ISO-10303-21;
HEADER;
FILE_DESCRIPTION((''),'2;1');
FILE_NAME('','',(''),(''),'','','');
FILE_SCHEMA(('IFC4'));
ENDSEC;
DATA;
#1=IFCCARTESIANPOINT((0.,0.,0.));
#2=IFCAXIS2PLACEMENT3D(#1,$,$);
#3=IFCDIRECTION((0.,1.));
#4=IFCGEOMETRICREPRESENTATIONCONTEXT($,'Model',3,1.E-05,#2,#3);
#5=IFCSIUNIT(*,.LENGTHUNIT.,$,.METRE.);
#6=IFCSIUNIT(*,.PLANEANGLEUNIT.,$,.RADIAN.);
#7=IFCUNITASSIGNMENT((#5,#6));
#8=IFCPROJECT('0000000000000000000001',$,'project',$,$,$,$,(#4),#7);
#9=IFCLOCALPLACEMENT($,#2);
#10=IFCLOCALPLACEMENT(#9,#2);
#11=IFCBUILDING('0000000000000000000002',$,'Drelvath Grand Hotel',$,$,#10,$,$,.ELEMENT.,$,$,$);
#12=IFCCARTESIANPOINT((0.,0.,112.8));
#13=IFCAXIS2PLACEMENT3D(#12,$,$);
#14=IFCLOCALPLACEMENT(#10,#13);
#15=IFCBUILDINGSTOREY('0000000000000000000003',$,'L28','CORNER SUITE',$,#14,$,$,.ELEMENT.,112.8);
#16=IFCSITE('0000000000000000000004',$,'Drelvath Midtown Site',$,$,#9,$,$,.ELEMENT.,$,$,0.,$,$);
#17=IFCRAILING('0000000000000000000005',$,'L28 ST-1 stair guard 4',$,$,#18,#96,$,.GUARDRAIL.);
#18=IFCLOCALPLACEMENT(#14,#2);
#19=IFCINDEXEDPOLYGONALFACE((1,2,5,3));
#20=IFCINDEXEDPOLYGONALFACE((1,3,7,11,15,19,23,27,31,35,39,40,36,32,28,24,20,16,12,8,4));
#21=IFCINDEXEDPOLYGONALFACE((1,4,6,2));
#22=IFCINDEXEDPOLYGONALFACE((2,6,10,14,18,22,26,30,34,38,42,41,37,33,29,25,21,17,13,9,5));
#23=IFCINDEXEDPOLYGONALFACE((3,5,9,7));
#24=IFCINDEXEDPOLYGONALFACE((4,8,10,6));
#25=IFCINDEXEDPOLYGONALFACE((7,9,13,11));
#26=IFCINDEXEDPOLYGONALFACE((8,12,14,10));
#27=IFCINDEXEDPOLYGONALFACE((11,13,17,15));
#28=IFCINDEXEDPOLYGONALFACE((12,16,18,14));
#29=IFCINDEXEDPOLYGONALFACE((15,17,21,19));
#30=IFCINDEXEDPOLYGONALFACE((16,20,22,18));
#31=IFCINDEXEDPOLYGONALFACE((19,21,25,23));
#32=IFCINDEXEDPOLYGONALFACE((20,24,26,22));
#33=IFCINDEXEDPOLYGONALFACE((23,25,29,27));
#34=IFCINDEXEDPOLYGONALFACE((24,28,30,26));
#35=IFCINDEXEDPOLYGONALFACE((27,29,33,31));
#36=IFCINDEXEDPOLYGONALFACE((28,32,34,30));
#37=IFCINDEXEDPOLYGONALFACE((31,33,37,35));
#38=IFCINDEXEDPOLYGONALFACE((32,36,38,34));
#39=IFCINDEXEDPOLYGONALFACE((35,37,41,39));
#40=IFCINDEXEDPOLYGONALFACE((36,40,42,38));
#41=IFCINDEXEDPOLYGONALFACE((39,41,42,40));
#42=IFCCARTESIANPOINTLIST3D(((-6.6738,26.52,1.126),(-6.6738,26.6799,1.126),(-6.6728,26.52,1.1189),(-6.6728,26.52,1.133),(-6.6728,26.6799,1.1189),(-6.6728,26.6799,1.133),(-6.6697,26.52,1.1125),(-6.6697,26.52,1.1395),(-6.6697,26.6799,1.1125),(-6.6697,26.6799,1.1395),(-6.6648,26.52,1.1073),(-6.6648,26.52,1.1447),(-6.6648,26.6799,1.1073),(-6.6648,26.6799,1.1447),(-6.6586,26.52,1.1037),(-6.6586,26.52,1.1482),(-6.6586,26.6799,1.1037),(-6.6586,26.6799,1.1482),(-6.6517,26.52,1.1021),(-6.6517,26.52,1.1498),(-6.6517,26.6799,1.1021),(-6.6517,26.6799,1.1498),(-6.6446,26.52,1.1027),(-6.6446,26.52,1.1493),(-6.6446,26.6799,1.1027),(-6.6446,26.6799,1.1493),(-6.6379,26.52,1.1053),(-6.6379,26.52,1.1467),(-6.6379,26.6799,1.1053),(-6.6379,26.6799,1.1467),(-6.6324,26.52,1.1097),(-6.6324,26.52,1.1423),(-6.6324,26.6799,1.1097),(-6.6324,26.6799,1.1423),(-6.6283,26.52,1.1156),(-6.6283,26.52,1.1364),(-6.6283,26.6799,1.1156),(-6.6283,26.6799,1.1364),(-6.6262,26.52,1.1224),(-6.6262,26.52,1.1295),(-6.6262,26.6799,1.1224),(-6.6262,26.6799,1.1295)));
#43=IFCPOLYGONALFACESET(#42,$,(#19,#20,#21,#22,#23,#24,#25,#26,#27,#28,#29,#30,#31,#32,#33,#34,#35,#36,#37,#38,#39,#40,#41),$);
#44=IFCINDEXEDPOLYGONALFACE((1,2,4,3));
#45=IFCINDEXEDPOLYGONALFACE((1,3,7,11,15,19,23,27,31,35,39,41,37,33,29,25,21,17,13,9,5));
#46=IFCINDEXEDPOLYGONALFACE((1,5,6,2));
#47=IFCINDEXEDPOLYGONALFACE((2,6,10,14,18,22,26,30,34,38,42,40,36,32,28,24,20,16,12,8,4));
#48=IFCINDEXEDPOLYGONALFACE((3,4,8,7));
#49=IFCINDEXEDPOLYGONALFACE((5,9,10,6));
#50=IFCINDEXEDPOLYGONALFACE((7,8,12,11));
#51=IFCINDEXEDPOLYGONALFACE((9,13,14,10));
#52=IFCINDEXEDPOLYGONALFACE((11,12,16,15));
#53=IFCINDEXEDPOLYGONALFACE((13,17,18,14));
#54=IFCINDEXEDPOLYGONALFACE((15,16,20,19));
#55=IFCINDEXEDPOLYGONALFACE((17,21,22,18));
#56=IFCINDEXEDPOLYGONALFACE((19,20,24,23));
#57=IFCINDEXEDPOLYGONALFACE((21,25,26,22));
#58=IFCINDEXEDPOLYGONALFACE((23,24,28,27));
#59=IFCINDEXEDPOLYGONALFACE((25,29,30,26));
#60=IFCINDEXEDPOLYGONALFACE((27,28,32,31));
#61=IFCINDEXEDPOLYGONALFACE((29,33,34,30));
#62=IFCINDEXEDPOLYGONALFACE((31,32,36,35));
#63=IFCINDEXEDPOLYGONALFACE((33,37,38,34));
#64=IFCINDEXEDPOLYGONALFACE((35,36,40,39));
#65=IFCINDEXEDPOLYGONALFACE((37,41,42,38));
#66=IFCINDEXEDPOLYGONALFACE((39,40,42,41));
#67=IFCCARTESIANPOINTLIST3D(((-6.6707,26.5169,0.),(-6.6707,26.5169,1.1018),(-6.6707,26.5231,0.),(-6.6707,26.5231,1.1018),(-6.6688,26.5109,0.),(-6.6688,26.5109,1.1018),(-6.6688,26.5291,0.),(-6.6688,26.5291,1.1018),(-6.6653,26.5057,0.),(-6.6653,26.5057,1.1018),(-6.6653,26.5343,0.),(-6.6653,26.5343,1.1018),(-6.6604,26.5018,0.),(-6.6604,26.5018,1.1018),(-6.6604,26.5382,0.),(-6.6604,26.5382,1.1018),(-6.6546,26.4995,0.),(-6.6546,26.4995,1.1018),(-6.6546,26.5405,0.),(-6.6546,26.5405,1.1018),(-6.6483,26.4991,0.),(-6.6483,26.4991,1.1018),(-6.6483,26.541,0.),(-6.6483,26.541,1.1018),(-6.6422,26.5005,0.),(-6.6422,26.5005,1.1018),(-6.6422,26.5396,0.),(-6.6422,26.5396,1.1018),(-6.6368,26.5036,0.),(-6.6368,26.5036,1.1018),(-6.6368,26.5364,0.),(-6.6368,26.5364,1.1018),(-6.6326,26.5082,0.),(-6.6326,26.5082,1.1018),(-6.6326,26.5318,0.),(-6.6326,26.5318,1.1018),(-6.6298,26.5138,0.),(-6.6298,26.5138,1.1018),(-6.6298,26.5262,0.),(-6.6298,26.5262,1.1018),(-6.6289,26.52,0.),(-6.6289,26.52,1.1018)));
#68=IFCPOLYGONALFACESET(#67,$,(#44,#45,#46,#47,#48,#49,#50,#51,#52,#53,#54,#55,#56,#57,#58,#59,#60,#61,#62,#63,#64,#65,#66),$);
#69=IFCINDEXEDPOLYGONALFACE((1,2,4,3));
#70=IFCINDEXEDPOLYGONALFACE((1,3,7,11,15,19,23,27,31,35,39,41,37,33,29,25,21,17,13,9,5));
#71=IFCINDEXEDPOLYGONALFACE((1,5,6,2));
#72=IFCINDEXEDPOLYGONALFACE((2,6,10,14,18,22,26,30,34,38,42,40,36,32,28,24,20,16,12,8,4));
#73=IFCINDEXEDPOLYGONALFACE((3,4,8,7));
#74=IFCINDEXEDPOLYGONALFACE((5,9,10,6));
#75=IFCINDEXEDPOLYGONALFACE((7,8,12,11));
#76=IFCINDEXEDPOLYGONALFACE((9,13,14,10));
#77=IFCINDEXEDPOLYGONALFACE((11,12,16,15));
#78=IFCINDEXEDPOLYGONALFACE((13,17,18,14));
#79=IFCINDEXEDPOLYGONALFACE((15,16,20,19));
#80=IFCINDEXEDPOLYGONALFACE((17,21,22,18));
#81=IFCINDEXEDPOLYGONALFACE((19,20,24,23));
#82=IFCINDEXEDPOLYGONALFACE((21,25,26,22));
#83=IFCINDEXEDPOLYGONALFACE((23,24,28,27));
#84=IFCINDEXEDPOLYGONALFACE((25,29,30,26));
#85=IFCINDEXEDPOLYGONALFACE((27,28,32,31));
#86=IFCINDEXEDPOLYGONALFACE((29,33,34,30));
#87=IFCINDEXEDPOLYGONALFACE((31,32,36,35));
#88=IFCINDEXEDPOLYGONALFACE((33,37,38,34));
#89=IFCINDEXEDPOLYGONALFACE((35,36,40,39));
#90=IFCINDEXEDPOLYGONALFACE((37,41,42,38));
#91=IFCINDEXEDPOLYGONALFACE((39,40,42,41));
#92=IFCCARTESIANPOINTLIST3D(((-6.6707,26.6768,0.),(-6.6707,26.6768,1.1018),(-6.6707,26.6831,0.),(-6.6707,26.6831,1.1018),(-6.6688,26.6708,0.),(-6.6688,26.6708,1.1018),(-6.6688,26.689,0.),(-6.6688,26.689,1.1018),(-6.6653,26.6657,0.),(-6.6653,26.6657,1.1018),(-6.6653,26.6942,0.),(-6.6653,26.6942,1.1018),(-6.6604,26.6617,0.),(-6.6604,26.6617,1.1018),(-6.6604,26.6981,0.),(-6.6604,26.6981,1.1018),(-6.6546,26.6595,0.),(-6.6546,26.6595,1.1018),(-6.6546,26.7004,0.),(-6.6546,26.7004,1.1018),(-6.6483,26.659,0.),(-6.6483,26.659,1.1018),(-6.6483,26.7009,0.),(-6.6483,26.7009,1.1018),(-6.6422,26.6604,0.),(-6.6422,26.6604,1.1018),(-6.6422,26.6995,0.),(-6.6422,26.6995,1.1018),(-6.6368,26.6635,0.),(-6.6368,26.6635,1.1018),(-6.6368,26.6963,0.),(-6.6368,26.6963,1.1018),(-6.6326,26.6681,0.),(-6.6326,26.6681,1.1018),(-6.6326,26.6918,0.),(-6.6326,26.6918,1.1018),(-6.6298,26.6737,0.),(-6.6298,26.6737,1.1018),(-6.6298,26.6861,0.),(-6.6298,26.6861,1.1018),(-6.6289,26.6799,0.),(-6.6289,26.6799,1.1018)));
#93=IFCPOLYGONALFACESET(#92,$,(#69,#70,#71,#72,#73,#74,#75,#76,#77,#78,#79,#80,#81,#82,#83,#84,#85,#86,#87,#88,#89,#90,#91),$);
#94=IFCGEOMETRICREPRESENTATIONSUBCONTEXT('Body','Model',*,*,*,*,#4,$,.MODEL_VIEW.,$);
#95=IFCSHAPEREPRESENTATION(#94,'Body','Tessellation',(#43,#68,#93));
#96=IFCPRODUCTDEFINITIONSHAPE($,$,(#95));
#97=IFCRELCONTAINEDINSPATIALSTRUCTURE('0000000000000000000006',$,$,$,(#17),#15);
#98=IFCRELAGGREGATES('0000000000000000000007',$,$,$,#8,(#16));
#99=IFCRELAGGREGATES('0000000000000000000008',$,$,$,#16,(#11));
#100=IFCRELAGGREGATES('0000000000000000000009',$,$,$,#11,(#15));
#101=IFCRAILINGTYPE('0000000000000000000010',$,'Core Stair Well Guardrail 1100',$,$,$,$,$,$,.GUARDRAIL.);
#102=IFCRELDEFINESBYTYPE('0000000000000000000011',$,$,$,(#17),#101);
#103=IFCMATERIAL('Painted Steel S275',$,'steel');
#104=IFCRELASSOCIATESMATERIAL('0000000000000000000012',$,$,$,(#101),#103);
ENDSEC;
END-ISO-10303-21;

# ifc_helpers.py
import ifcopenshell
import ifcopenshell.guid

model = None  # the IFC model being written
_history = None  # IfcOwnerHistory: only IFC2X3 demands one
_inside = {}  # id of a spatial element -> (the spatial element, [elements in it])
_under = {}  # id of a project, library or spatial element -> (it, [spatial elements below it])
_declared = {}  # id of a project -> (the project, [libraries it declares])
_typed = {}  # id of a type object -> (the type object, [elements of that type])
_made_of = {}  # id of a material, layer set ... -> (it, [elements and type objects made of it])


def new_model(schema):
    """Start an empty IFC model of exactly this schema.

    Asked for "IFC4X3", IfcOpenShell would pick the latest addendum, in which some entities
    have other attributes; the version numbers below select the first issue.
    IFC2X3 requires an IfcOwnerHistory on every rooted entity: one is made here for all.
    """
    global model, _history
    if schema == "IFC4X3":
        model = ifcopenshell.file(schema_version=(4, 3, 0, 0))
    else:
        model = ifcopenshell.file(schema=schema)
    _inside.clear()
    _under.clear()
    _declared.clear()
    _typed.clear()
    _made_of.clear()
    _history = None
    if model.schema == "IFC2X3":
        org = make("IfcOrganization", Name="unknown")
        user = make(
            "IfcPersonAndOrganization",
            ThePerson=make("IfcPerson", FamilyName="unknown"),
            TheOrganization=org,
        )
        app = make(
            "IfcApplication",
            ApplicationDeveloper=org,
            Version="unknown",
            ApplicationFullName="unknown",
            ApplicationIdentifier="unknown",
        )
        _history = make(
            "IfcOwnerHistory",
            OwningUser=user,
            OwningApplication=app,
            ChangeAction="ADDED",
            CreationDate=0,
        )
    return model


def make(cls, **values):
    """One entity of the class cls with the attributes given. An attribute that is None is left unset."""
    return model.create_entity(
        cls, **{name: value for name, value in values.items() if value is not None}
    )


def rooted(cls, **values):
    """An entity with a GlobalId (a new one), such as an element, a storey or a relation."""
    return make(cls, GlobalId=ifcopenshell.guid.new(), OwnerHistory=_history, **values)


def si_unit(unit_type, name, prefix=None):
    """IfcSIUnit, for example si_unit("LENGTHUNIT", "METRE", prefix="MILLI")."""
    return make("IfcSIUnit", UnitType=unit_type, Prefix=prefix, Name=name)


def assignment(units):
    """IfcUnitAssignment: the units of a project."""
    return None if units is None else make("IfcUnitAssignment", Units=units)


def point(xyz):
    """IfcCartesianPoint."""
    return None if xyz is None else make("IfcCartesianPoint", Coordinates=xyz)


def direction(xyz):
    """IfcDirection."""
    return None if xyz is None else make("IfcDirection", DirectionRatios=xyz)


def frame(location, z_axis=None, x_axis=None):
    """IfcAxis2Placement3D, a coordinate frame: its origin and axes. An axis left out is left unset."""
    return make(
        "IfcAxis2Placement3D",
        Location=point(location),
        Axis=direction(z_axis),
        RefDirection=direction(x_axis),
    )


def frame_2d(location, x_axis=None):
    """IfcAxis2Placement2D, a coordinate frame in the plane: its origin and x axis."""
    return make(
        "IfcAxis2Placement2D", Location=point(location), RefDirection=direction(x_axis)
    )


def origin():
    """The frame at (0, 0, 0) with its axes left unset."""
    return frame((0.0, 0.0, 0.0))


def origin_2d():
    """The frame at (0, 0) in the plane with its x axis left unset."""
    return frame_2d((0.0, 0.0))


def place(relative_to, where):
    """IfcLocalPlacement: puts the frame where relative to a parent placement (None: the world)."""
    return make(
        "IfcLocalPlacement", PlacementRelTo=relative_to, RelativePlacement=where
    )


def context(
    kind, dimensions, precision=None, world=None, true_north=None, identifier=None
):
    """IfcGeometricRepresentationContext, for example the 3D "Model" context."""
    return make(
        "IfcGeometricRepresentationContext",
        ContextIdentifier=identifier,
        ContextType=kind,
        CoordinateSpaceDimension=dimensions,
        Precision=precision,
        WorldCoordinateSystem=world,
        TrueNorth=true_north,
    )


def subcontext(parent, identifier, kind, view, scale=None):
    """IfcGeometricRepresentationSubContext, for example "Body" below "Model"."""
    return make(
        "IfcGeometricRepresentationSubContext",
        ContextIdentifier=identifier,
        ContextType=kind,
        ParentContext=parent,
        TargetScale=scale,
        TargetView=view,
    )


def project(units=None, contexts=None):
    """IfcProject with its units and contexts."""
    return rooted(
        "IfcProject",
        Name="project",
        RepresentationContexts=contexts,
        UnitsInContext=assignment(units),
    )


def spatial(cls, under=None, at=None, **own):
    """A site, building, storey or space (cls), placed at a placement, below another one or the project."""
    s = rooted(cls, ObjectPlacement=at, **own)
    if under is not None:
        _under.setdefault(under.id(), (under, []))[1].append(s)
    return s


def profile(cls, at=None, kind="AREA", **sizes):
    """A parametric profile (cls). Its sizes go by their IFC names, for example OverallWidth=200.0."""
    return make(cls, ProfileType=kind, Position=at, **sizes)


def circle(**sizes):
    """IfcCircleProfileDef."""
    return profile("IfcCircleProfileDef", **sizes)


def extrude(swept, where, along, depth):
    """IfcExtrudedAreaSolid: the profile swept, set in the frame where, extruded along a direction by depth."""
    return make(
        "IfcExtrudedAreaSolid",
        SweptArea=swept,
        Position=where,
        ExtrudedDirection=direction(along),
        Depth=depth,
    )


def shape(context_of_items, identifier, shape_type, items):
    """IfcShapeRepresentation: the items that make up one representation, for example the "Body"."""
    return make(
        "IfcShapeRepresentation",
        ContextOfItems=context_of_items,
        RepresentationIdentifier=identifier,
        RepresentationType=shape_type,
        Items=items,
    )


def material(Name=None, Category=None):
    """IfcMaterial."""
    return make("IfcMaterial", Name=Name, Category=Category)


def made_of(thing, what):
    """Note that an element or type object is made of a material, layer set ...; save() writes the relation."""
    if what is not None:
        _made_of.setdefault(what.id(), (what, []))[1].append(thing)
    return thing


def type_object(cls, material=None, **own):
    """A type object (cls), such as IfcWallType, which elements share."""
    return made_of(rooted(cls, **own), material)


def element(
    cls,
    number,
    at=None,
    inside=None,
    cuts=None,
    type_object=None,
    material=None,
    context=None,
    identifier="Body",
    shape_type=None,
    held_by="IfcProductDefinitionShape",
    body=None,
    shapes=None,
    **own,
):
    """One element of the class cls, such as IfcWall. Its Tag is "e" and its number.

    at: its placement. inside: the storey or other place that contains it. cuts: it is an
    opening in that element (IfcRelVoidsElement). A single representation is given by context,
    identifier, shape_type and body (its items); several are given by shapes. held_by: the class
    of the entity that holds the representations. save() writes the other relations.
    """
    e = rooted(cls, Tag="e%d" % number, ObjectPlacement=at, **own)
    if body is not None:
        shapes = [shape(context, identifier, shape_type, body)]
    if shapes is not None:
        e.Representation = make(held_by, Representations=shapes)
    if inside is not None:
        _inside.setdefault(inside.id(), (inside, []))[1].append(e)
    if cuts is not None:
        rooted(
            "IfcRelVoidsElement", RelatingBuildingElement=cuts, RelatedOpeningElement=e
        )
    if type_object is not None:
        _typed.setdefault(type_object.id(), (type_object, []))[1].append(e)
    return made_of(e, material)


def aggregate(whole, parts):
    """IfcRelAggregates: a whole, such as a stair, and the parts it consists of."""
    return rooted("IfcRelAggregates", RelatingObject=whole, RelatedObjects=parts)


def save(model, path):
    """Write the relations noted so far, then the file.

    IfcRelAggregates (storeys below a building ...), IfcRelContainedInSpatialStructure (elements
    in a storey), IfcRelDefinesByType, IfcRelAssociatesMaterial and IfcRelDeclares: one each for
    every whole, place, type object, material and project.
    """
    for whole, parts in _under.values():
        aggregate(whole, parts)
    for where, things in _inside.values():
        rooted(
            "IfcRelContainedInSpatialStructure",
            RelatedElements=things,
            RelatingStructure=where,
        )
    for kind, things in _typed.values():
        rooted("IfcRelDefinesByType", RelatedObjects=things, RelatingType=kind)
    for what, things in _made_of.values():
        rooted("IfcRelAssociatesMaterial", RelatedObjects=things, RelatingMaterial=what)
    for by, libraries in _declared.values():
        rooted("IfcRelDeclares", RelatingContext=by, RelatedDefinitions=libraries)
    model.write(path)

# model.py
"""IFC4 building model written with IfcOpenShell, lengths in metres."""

from ifc_helpers import new_model, si_unit, direction, frame, origin, origin_2d, place, context, subcontext, project, spatial, circle, extrude, material, type_object, element, save


model = new_model("IFC4")

# Units and contexts
model_context = context("Model", 3, precision=1e-05, world=origin(), true_north=direction((0.0, 1.0)))
body_context = subcontext(model_context, "Body", "Model", "MODEL_VIEW")
ifc_project = project(units=[si_unit("LENGTHUNIT", "METRE"), si_unit("PLANEANGLEUNIT", "RADIAN")], contexts=[model_context])

# Site, building, storey
site_placement = place(None, origin())
site = spatial("IfcSite", under=ifc_project, at=site_placement, Name="Drelvath Midtown Site", CompositionType="ELEMENT", RefElevation=0.0)
building_placement = place(site_placement, origin())
building = spatial("IfcBuilding", under=site, at=building_placement, Name="Drelvath Grand Hotel", CompositionType="ELEMENT")
storey_placement = place(building_placement, frame((0.0, 0.0, 112.8)))
storey = spatial("IfcBuildingStorey", under=building, at=storey_placement, Name="L28", Description="CORNER SUITE", CompositionType="ELEMENT", Elevation=112.8)

# Shared definitions
ifc_material_1 = material(Name="Painted Steel S275", Category="steel")

# Railing
railing_type_1 = type_object("IfcRailingType", Name="Core Stair Well Guardrail 1100", PredefinedType="GUARDRAIL", material=ifc_material_1)
railing_1_placement = place(storey_placement, frame((-6.6499, 26.52, 0.0)))
element("IfcRailing", 1, at=railing_1_placement, inside=storey, type_object=railing_type_1, Name="L28 ST-1 stair guard 4", PredefinedType="GUARDRAIL", context=body_context, shape_type="SweptSolid", body=[
    extrude(circle(Radius=0.0239, at=origin_2d()), frame((0.0, 0.0, 1.126), z_axis=(0.0, 1.0, 0.0), x_axis=(-1.0, 0.0, 0.0)), (0.0, 0.0, 1.0), 0.1599),
    extrude(circle(Radius=0.021, at=origin_2d()), origin(), (0.0, 0.0, 1.0), 1.1018),
    extrude(circle(Radius=0.021, at=origin_2d()), frame((0.0, 0.1599, 0.0)), (0.0, 0.0, 1.0), 1.1018),
])

save(model, "model.ifc")
